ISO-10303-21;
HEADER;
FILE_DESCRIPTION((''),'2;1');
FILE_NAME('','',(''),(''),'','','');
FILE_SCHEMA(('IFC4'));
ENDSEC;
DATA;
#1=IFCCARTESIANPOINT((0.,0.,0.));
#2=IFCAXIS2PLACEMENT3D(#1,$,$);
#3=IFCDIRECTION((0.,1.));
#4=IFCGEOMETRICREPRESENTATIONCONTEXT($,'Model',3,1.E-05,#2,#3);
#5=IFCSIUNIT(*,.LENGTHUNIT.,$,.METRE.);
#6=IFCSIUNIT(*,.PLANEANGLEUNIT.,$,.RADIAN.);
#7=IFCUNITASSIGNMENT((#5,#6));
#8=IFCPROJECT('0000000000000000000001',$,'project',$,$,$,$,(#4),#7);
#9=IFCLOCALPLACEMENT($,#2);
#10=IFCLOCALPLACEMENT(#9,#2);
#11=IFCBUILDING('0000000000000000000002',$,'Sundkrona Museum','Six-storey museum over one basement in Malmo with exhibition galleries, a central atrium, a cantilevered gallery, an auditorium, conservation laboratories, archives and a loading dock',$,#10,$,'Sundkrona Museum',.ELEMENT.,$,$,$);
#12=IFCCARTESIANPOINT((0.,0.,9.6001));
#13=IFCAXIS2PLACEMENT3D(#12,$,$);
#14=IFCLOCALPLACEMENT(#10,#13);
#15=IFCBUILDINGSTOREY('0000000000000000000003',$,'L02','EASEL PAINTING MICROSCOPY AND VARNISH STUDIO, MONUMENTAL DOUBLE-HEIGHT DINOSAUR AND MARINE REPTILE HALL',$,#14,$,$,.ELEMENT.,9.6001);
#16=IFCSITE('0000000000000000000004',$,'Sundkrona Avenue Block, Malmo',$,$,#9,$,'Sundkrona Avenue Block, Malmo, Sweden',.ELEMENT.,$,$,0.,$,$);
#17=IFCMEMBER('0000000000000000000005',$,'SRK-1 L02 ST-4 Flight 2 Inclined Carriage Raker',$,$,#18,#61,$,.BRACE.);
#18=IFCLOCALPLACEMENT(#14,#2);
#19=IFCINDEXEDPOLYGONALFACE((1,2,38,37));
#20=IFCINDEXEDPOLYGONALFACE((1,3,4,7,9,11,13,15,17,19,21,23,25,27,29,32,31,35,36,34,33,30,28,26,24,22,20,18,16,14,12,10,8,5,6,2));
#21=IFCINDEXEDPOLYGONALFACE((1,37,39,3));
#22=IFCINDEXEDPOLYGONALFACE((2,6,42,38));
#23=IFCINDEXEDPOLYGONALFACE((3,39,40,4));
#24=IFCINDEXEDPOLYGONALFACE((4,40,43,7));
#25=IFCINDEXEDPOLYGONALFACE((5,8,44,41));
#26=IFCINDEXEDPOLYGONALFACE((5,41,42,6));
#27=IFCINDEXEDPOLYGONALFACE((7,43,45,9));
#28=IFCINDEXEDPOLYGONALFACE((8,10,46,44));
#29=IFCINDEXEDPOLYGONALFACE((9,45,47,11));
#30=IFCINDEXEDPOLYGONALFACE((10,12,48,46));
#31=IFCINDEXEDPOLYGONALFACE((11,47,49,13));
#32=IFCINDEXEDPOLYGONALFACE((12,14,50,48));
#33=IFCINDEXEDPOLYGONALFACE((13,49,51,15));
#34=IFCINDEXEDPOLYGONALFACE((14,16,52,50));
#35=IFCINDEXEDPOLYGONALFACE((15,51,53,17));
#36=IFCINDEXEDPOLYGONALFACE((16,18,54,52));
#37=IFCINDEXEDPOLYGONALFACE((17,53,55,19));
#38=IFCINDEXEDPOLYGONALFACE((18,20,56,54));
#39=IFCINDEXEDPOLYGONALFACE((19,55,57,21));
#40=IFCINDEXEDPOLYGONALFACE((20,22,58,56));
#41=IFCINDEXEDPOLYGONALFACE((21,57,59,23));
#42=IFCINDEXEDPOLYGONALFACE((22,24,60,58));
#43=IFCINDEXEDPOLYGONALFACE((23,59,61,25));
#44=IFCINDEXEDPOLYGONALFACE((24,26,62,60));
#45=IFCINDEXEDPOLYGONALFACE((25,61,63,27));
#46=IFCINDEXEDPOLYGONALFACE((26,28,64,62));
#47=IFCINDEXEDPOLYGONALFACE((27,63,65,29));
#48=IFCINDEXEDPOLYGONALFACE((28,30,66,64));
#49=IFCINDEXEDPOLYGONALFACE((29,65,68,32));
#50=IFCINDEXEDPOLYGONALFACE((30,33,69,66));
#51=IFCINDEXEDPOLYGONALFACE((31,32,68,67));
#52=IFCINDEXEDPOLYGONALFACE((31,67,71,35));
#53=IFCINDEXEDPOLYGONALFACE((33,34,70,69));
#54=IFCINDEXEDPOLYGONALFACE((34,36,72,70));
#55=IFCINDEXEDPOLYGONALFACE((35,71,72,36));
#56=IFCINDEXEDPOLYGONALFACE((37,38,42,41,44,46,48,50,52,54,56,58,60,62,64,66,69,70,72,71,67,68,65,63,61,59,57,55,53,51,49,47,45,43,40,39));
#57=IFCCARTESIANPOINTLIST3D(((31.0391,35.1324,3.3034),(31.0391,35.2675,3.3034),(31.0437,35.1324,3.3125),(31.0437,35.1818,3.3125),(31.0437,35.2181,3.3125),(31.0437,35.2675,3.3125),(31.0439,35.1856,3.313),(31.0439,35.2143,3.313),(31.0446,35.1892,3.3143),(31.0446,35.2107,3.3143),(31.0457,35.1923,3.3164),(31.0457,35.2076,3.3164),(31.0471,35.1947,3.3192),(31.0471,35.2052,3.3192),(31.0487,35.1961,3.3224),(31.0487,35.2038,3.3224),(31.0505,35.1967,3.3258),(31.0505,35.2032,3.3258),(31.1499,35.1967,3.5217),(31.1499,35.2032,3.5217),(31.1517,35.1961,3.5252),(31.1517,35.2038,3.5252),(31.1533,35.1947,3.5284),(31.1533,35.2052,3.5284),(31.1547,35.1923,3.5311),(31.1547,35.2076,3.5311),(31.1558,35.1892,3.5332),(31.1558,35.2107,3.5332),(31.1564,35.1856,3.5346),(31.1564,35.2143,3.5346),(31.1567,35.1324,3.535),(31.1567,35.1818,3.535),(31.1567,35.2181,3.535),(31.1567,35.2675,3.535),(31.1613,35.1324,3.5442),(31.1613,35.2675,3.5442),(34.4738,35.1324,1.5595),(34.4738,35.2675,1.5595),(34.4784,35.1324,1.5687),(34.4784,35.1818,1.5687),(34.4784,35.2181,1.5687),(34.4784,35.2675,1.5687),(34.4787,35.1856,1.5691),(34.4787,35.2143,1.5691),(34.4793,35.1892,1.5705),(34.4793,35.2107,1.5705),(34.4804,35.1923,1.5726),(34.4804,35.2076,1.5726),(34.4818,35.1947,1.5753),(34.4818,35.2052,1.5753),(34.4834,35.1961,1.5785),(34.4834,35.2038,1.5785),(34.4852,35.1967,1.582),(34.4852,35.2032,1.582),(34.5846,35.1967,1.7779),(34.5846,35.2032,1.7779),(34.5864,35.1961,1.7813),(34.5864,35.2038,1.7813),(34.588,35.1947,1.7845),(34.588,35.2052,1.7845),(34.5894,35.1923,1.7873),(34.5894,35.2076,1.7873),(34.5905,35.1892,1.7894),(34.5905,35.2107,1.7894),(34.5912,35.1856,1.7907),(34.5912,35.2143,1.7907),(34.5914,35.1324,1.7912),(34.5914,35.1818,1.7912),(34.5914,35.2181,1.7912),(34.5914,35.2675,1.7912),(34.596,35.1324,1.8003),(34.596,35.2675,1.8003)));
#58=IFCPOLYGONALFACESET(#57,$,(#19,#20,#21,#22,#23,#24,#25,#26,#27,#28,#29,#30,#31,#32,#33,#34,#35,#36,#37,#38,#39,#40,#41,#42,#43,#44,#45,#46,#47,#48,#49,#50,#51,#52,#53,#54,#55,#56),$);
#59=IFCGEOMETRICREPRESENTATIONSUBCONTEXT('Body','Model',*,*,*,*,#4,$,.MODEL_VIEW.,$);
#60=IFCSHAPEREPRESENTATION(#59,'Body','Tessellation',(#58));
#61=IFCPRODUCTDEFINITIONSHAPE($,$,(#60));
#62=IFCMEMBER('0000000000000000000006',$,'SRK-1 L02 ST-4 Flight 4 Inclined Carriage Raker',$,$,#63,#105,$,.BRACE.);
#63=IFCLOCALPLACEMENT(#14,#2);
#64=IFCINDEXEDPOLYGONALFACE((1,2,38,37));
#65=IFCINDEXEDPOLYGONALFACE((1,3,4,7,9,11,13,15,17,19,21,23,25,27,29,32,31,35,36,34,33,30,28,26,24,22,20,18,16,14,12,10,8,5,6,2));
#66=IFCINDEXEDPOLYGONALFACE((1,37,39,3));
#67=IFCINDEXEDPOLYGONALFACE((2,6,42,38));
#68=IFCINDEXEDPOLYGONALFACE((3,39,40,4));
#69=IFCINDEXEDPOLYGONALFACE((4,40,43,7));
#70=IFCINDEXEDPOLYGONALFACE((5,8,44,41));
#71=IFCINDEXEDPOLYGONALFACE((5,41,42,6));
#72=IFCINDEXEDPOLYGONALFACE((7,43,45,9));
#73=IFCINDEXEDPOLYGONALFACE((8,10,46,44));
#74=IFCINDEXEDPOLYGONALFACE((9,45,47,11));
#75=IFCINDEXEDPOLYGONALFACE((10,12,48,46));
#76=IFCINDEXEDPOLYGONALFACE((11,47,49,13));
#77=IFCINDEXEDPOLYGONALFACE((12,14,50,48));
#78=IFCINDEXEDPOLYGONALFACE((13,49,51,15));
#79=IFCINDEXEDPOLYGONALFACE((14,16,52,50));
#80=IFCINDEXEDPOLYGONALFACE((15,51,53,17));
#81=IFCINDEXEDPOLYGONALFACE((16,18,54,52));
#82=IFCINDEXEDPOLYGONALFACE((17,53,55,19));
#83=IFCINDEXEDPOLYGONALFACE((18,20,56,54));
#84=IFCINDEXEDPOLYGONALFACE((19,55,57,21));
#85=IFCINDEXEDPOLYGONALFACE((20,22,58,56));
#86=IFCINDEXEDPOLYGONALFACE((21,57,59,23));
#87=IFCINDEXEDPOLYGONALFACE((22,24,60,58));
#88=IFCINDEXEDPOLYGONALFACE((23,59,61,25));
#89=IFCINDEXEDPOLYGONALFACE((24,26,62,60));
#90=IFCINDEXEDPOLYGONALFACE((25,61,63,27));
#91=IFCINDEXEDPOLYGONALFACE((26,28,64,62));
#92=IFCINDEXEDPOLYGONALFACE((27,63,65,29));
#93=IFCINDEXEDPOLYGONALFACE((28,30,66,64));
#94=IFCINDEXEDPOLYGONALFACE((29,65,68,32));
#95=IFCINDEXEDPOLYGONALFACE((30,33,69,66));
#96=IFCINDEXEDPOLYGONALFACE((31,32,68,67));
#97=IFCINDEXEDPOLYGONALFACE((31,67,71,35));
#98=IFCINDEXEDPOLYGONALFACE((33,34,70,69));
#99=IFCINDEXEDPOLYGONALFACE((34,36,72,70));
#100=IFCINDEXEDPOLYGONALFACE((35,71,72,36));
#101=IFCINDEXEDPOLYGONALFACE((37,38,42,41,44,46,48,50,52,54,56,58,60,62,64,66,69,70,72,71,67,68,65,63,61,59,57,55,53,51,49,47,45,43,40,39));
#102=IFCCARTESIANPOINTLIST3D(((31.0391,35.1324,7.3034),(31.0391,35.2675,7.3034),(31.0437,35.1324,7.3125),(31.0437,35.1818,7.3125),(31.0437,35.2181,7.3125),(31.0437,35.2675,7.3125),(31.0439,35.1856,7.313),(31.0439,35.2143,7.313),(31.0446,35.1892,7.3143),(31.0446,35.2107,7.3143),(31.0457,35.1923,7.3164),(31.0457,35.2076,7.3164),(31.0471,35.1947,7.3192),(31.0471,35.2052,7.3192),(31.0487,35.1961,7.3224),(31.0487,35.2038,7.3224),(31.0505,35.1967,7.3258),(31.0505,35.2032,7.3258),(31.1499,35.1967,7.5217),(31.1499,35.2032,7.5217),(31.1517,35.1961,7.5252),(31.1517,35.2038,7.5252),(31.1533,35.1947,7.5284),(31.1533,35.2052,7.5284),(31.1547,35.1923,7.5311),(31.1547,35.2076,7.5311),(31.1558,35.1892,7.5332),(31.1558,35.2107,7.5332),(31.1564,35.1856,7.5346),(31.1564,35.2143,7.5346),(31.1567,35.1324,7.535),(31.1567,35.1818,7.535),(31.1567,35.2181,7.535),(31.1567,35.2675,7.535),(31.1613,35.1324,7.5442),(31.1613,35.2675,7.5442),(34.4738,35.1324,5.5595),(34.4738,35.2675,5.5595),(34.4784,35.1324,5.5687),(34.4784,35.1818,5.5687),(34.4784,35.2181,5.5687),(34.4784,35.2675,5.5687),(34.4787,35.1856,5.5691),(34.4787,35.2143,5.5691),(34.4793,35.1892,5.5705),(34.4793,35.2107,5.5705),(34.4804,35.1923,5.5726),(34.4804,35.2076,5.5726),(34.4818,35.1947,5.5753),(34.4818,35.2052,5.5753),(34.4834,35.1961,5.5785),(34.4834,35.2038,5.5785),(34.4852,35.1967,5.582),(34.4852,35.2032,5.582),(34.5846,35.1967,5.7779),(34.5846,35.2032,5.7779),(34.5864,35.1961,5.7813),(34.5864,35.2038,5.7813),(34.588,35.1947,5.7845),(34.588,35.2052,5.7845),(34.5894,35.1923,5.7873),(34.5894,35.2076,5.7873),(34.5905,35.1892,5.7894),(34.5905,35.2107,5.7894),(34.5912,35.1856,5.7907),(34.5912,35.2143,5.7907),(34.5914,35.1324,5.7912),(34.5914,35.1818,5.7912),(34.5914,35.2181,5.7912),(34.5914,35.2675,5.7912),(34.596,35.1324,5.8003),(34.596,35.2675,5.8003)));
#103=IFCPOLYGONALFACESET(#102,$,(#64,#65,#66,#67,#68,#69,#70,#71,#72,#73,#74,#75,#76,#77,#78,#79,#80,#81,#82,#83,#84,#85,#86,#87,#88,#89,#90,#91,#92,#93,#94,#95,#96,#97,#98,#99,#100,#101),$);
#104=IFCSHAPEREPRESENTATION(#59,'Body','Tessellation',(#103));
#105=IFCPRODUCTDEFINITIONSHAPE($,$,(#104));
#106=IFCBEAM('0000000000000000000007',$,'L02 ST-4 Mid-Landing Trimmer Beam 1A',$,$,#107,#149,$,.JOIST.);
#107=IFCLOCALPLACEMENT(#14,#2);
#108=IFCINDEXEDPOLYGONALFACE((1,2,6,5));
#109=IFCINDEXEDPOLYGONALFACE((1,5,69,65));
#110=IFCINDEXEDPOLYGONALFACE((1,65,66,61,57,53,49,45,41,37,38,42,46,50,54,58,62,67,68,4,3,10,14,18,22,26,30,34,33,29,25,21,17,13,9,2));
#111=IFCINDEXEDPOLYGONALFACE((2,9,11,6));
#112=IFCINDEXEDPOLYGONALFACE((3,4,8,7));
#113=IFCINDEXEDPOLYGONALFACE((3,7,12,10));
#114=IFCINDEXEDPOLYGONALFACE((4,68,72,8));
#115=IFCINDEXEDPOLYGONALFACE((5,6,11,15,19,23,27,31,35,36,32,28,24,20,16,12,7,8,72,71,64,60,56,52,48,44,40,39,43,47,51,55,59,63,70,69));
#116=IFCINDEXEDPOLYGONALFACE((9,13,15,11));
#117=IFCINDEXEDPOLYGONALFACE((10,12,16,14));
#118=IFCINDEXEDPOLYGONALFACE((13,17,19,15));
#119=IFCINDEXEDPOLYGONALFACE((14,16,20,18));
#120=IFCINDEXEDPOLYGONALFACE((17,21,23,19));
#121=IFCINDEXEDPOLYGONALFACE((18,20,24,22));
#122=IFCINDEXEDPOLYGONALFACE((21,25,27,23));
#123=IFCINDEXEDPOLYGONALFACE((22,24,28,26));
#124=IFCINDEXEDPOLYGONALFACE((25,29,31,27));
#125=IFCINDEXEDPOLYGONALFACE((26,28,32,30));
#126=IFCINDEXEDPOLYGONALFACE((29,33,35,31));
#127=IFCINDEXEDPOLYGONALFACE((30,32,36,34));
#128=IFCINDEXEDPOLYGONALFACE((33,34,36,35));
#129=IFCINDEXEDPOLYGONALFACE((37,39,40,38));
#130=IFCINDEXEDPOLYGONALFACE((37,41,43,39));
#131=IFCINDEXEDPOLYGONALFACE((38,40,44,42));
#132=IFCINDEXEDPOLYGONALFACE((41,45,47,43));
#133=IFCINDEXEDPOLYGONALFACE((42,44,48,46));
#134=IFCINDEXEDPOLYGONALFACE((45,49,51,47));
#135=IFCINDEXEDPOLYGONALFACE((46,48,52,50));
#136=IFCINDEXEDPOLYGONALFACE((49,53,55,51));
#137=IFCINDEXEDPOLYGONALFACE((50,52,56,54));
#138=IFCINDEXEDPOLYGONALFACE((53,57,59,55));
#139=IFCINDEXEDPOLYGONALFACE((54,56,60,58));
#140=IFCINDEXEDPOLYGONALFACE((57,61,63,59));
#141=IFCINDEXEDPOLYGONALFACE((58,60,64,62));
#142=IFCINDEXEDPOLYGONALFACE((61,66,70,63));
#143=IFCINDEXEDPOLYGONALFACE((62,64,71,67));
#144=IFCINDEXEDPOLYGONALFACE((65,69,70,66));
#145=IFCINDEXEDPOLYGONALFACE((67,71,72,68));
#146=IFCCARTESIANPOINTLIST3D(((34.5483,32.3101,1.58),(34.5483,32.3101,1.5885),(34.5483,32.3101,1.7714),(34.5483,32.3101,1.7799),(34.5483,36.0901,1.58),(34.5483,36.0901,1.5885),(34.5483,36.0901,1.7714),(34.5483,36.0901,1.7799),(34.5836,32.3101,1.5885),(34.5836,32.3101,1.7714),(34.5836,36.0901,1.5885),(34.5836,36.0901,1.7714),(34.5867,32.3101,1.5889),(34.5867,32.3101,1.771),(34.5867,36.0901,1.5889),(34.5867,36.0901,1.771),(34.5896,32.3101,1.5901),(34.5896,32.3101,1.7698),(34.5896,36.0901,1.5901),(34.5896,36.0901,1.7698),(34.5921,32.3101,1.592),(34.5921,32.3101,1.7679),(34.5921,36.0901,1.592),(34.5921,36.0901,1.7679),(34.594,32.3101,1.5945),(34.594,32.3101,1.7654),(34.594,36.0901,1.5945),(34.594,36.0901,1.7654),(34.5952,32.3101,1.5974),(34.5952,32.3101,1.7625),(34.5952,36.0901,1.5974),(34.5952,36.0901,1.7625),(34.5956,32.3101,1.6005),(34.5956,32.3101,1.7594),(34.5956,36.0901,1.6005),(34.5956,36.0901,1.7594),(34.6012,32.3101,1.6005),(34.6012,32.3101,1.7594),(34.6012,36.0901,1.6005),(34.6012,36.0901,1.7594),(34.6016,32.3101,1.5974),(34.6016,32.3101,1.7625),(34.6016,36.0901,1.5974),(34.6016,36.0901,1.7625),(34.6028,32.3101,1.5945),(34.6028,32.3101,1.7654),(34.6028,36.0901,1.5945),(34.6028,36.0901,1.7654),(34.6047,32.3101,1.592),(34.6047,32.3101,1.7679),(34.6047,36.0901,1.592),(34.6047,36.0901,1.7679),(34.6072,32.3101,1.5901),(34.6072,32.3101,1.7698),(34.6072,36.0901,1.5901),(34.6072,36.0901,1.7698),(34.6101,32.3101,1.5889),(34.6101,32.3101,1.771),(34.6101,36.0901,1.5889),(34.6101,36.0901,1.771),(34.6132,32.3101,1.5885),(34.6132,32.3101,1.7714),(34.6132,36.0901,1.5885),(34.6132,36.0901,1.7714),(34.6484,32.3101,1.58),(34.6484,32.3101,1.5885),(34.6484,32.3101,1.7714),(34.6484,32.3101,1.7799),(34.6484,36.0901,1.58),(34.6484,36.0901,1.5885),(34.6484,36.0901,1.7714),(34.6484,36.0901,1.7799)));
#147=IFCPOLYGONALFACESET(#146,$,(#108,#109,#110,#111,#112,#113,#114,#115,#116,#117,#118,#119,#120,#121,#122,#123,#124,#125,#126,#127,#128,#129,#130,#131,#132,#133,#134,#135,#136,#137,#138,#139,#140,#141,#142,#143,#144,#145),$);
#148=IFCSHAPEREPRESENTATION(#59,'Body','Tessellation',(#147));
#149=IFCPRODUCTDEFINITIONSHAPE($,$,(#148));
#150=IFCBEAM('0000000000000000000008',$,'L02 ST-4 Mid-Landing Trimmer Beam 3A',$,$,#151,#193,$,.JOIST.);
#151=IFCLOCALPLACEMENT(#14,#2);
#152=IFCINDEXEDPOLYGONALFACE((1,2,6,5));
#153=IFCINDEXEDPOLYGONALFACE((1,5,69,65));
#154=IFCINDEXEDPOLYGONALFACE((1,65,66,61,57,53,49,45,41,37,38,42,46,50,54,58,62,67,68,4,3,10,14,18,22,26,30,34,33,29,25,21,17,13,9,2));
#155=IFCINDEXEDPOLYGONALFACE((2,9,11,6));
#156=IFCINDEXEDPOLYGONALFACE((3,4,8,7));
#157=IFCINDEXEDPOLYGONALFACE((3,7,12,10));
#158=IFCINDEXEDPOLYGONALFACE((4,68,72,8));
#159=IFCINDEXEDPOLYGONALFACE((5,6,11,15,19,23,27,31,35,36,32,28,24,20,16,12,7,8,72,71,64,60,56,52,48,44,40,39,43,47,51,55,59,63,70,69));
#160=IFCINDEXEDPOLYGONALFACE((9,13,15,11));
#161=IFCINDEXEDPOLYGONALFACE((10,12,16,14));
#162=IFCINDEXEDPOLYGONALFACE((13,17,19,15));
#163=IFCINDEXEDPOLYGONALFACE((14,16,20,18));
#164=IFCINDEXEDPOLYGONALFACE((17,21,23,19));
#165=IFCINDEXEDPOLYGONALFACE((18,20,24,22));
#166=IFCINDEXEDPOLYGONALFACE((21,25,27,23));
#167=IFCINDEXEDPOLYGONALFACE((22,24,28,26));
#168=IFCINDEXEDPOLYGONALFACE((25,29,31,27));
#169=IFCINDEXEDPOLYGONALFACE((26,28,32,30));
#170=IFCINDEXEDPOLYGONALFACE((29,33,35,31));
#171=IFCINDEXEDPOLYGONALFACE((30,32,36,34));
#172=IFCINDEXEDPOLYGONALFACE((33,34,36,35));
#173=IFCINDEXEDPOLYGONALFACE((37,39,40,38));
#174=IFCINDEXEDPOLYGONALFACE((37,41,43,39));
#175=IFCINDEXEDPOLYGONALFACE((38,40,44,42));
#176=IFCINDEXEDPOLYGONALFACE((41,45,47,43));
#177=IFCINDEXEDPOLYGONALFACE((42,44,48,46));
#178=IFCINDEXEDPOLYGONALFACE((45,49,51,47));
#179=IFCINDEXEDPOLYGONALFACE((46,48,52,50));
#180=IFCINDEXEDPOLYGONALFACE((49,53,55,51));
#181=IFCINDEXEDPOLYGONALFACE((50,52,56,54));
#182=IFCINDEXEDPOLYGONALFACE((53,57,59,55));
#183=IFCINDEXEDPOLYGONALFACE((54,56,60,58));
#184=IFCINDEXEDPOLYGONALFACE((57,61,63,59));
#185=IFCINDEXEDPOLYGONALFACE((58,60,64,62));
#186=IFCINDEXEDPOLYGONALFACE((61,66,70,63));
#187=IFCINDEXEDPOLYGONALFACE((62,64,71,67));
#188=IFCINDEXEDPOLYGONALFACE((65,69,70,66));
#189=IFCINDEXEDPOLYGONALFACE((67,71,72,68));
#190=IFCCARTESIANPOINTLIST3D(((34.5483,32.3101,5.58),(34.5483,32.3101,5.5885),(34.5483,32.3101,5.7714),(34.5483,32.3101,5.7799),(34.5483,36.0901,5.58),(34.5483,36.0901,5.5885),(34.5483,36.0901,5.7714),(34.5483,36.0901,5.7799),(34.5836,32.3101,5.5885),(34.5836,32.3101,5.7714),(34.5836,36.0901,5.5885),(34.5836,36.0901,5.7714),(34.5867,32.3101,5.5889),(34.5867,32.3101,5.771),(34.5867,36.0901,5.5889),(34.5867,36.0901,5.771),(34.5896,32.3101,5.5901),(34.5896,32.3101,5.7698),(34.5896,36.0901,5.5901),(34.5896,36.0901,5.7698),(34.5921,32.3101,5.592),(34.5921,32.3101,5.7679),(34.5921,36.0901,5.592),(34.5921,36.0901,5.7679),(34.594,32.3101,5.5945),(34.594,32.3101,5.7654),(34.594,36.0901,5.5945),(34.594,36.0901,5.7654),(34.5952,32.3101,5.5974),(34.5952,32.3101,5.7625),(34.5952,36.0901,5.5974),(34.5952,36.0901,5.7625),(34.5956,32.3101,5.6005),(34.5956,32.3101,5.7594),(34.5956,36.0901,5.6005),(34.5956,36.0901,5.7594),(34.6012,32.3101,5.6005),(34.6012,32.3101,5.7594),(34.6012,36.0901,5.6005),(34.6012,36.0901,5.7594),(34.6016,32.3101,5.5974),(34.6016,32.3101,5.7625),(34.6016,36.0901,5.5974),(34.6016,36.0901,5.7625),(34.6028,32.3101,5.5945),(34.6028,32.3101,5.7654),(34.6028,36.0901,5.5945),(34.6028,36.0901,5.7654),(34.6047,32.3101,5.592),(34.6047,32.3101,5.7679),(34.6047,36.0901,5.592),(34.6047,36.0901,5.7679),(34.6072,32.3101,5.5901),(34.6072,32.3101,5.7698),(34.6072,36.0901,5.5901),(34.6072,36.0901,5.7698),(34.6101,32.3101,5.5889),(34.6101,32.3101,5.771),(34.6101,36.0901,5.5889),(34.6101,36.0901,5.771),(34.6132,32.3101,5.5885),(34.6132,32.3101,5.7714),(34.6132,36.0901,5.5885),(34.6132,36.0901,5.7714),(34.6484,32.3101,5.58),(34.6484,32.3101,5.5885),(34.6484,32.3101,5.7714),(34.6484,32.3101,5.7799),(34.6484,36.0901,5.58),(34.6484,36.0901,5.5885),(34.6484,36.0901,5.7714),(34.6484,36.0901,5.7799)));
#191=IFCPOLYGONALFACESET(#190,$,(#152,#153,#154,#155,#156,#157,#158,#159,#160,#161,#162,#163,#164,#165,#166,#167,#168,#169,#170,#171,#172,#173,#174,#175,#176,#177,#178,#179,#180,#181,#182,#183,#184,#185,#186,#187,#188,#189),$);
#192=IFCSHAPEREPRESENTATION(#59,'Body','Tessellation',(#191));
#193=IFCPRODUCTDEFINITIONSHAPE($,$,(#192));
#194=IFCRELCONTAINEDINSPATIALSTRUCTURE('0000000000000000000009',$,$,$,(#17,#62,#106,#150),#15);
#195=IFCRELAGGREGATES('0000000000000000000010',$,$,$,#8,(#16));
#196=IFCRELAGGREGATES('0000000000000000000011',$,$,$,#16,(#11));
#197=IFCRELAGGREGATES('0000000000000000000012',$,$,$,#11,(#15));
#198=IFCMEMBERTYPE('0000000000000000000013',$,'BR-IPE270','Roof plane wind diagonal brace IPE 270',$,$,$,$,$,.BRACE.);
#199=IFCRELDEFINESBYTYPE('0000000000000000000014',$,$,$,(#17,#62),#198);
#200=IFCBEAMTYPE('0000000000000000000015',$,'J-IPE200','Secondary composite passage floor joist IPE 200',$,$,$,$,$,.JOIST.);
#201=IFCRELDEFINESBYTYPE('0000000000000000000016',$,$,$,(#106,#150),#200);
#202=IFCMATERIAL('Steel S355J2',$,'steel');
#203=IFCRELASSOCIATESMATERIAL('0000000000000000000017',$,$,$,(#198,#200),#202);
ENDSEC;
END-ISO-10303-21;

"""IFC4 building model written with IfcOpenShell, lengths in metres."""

from ifc_helpers import new_model, si_unit, direction, frame, origin, origin_2d, place, context, subcontext, project, spatial, i_section, extrude, material, material_profile, profile_set, type_object, element, save


model = new_model("IFC4")

# Units and contexts
model_context = context("Model", 3, precision=1e-05, world=origin(), true_north=direction((0.0, 1.0)))
body_context = subcontext(model_context, "Body", "Model", "MODEL_VIEW")
ifc_project = project(units=[si_unit("LENGTHUNIT", "METRE"), si_unit("PLANEANGLEUNIT", "RADIAN")], contexts=[model_context])

# Site, building, storey
site_placement = place(None, origin())
site = spatial("IfcSite", under=ifc_project, at=site_placement, Name="Sundkrona Avenue Block, Malmo", LongName="Sundkrona Avenue Block, Malmo, Sweden", CompositionType="ELEMENT", RefElevation=0.0)
building_placement = place(site_placement, origin())
building = spatial("IfcBuilding", under=site, at=building_placement, Name="Sundkrona Museum", Description="Six-storey museum over one basement in Malmo with exhibition galleries, a central atrium, a cantilevered gallery, an auditorium, conservation laboratories, archives and a loading dock", LongName="Sundkrona Museum", CompositionType="ELEMENT")
storey_placement = place(building_placement, frame((0.0, 0.0, 9.6001)))
storey = spatial("IfcBuildingStorey", under=building, at=storey_placement, Name="L02", Description="EASEL PAINTING MICROSCOPY AND VARNISH STUDIO, MONUMENTAL DOUBLE-HEIGHT DINOSAUR AND MARINE REPTILE HALL", CompositionType="ELEMENT", Elevation=9.6001)

# Members
ifc_material_1 = material(Name="Steel S355J2", Category="steel")
ifc_material_profile_1 = material_profile(ifc_material_1, i_section(OverallWidth=0.135, OverallDepth=0.27, WebThickness=0.0066, FlangeThickness=0.0103, FilletRadius=0.0149, at=origin_2d()), Name="IPE 270")
ifc_profile_set_1 = profile_set([ifc_material_profile_1], Name="Steel S355J2")
member_type = type_object("IfcMemberType", Name="BR-IPE270", Description="Roof plane wind diagonal brace IPE 270", PredefinedType="BRACE", material=ifc_profile_set_1)
for number, where, z_axis, x_axis, name in (
    (1, (34.5349, 35.2, 1.6799), (-0.89166, 0.0, 0.452706), (0.0, -1.0, 0.0), "SRK-1 L02 ST-4 Flight 2 Inclined Carriage Raker"),
    (2, (34.5349, 35.2, 5.6799), (-0.89166, 0.0, 0.452706), (0.0, -1.0, 0.0), "SRK-1 L02 ST-4 Flight 4 Inclined Carriage Raker"),
):
    element("IfcMember", number, at=place(storey_placement, frame(where, z_axis=z_axis, x_axis=x_axis)), inside=storey, type_object=member_type, Name=name, PredefinedType="BRACE", context=body_context, shape_type="SweptSolid", body=[
        extrude(i_section(OverallWidth=0.135, OverallDepth=0.27, WebThickness=0.0066, FlangeThickness=0.0103, FilletRadius=0.0149, at=origin_2d()), origin(), (0.0, 0.0, 1.0), 3.8521),
    ])

# Beams
ifc_material_profile_2 = material_profile(ifc_material_1, i_section(OverallWidth=0.1001, OverallDepth=0.2, WebThickness=0.0056, FlangeThickness=0.0085, FilletRadius=0.012, at=origin_2d()), Name="IPE 200")
ifc_profile_set_2 = profile_set([ifc_material_profile_2], Name="Steel S355J2")
beam_type = type_object("IfcBeamType", Name="J-IPE200", Description="Secondary composite passage floor joist IPE 200", PredefinedType="JOIST", material=ifc_profile_set_2)
for number, where, z_axis, x_axis, name in (
    (3, (34.5984, 32.3101, 1.6799), (0.0, 1.0, 0.0), (-1.0, 0.0, 0.0), "L02 ST-4 Mid-Landing Trimmer Beam 1A"),
    (4, (34.5984, 32.3101, 5.6799), (0.0, 1.0, 0.0), (-1.0, 0.0, 0.0), "L02 ST-4 Mid-Landing Trimmer Beam 3A"),
):
    element("IfcBeam", number, at=place(storey_placement, frame(where, z_axis=z_axis, x_axis=x_axis)), inside=storey, type_object=beam_type, Name=name, PredefinedType="JOIST", context=body_context, shape_type="SweptSolid", body=[
        extrude(i_section(OverallWidth=0.1001, OverallDepth=0.2, WebThickness=0.0056, FlangeThickness=0.0085, FilletRadius=0.012, at=origin_2d()), origin(), (0.0, 0.0, 1.0), 3.78),
    ])

save(model, "model.ifc")
